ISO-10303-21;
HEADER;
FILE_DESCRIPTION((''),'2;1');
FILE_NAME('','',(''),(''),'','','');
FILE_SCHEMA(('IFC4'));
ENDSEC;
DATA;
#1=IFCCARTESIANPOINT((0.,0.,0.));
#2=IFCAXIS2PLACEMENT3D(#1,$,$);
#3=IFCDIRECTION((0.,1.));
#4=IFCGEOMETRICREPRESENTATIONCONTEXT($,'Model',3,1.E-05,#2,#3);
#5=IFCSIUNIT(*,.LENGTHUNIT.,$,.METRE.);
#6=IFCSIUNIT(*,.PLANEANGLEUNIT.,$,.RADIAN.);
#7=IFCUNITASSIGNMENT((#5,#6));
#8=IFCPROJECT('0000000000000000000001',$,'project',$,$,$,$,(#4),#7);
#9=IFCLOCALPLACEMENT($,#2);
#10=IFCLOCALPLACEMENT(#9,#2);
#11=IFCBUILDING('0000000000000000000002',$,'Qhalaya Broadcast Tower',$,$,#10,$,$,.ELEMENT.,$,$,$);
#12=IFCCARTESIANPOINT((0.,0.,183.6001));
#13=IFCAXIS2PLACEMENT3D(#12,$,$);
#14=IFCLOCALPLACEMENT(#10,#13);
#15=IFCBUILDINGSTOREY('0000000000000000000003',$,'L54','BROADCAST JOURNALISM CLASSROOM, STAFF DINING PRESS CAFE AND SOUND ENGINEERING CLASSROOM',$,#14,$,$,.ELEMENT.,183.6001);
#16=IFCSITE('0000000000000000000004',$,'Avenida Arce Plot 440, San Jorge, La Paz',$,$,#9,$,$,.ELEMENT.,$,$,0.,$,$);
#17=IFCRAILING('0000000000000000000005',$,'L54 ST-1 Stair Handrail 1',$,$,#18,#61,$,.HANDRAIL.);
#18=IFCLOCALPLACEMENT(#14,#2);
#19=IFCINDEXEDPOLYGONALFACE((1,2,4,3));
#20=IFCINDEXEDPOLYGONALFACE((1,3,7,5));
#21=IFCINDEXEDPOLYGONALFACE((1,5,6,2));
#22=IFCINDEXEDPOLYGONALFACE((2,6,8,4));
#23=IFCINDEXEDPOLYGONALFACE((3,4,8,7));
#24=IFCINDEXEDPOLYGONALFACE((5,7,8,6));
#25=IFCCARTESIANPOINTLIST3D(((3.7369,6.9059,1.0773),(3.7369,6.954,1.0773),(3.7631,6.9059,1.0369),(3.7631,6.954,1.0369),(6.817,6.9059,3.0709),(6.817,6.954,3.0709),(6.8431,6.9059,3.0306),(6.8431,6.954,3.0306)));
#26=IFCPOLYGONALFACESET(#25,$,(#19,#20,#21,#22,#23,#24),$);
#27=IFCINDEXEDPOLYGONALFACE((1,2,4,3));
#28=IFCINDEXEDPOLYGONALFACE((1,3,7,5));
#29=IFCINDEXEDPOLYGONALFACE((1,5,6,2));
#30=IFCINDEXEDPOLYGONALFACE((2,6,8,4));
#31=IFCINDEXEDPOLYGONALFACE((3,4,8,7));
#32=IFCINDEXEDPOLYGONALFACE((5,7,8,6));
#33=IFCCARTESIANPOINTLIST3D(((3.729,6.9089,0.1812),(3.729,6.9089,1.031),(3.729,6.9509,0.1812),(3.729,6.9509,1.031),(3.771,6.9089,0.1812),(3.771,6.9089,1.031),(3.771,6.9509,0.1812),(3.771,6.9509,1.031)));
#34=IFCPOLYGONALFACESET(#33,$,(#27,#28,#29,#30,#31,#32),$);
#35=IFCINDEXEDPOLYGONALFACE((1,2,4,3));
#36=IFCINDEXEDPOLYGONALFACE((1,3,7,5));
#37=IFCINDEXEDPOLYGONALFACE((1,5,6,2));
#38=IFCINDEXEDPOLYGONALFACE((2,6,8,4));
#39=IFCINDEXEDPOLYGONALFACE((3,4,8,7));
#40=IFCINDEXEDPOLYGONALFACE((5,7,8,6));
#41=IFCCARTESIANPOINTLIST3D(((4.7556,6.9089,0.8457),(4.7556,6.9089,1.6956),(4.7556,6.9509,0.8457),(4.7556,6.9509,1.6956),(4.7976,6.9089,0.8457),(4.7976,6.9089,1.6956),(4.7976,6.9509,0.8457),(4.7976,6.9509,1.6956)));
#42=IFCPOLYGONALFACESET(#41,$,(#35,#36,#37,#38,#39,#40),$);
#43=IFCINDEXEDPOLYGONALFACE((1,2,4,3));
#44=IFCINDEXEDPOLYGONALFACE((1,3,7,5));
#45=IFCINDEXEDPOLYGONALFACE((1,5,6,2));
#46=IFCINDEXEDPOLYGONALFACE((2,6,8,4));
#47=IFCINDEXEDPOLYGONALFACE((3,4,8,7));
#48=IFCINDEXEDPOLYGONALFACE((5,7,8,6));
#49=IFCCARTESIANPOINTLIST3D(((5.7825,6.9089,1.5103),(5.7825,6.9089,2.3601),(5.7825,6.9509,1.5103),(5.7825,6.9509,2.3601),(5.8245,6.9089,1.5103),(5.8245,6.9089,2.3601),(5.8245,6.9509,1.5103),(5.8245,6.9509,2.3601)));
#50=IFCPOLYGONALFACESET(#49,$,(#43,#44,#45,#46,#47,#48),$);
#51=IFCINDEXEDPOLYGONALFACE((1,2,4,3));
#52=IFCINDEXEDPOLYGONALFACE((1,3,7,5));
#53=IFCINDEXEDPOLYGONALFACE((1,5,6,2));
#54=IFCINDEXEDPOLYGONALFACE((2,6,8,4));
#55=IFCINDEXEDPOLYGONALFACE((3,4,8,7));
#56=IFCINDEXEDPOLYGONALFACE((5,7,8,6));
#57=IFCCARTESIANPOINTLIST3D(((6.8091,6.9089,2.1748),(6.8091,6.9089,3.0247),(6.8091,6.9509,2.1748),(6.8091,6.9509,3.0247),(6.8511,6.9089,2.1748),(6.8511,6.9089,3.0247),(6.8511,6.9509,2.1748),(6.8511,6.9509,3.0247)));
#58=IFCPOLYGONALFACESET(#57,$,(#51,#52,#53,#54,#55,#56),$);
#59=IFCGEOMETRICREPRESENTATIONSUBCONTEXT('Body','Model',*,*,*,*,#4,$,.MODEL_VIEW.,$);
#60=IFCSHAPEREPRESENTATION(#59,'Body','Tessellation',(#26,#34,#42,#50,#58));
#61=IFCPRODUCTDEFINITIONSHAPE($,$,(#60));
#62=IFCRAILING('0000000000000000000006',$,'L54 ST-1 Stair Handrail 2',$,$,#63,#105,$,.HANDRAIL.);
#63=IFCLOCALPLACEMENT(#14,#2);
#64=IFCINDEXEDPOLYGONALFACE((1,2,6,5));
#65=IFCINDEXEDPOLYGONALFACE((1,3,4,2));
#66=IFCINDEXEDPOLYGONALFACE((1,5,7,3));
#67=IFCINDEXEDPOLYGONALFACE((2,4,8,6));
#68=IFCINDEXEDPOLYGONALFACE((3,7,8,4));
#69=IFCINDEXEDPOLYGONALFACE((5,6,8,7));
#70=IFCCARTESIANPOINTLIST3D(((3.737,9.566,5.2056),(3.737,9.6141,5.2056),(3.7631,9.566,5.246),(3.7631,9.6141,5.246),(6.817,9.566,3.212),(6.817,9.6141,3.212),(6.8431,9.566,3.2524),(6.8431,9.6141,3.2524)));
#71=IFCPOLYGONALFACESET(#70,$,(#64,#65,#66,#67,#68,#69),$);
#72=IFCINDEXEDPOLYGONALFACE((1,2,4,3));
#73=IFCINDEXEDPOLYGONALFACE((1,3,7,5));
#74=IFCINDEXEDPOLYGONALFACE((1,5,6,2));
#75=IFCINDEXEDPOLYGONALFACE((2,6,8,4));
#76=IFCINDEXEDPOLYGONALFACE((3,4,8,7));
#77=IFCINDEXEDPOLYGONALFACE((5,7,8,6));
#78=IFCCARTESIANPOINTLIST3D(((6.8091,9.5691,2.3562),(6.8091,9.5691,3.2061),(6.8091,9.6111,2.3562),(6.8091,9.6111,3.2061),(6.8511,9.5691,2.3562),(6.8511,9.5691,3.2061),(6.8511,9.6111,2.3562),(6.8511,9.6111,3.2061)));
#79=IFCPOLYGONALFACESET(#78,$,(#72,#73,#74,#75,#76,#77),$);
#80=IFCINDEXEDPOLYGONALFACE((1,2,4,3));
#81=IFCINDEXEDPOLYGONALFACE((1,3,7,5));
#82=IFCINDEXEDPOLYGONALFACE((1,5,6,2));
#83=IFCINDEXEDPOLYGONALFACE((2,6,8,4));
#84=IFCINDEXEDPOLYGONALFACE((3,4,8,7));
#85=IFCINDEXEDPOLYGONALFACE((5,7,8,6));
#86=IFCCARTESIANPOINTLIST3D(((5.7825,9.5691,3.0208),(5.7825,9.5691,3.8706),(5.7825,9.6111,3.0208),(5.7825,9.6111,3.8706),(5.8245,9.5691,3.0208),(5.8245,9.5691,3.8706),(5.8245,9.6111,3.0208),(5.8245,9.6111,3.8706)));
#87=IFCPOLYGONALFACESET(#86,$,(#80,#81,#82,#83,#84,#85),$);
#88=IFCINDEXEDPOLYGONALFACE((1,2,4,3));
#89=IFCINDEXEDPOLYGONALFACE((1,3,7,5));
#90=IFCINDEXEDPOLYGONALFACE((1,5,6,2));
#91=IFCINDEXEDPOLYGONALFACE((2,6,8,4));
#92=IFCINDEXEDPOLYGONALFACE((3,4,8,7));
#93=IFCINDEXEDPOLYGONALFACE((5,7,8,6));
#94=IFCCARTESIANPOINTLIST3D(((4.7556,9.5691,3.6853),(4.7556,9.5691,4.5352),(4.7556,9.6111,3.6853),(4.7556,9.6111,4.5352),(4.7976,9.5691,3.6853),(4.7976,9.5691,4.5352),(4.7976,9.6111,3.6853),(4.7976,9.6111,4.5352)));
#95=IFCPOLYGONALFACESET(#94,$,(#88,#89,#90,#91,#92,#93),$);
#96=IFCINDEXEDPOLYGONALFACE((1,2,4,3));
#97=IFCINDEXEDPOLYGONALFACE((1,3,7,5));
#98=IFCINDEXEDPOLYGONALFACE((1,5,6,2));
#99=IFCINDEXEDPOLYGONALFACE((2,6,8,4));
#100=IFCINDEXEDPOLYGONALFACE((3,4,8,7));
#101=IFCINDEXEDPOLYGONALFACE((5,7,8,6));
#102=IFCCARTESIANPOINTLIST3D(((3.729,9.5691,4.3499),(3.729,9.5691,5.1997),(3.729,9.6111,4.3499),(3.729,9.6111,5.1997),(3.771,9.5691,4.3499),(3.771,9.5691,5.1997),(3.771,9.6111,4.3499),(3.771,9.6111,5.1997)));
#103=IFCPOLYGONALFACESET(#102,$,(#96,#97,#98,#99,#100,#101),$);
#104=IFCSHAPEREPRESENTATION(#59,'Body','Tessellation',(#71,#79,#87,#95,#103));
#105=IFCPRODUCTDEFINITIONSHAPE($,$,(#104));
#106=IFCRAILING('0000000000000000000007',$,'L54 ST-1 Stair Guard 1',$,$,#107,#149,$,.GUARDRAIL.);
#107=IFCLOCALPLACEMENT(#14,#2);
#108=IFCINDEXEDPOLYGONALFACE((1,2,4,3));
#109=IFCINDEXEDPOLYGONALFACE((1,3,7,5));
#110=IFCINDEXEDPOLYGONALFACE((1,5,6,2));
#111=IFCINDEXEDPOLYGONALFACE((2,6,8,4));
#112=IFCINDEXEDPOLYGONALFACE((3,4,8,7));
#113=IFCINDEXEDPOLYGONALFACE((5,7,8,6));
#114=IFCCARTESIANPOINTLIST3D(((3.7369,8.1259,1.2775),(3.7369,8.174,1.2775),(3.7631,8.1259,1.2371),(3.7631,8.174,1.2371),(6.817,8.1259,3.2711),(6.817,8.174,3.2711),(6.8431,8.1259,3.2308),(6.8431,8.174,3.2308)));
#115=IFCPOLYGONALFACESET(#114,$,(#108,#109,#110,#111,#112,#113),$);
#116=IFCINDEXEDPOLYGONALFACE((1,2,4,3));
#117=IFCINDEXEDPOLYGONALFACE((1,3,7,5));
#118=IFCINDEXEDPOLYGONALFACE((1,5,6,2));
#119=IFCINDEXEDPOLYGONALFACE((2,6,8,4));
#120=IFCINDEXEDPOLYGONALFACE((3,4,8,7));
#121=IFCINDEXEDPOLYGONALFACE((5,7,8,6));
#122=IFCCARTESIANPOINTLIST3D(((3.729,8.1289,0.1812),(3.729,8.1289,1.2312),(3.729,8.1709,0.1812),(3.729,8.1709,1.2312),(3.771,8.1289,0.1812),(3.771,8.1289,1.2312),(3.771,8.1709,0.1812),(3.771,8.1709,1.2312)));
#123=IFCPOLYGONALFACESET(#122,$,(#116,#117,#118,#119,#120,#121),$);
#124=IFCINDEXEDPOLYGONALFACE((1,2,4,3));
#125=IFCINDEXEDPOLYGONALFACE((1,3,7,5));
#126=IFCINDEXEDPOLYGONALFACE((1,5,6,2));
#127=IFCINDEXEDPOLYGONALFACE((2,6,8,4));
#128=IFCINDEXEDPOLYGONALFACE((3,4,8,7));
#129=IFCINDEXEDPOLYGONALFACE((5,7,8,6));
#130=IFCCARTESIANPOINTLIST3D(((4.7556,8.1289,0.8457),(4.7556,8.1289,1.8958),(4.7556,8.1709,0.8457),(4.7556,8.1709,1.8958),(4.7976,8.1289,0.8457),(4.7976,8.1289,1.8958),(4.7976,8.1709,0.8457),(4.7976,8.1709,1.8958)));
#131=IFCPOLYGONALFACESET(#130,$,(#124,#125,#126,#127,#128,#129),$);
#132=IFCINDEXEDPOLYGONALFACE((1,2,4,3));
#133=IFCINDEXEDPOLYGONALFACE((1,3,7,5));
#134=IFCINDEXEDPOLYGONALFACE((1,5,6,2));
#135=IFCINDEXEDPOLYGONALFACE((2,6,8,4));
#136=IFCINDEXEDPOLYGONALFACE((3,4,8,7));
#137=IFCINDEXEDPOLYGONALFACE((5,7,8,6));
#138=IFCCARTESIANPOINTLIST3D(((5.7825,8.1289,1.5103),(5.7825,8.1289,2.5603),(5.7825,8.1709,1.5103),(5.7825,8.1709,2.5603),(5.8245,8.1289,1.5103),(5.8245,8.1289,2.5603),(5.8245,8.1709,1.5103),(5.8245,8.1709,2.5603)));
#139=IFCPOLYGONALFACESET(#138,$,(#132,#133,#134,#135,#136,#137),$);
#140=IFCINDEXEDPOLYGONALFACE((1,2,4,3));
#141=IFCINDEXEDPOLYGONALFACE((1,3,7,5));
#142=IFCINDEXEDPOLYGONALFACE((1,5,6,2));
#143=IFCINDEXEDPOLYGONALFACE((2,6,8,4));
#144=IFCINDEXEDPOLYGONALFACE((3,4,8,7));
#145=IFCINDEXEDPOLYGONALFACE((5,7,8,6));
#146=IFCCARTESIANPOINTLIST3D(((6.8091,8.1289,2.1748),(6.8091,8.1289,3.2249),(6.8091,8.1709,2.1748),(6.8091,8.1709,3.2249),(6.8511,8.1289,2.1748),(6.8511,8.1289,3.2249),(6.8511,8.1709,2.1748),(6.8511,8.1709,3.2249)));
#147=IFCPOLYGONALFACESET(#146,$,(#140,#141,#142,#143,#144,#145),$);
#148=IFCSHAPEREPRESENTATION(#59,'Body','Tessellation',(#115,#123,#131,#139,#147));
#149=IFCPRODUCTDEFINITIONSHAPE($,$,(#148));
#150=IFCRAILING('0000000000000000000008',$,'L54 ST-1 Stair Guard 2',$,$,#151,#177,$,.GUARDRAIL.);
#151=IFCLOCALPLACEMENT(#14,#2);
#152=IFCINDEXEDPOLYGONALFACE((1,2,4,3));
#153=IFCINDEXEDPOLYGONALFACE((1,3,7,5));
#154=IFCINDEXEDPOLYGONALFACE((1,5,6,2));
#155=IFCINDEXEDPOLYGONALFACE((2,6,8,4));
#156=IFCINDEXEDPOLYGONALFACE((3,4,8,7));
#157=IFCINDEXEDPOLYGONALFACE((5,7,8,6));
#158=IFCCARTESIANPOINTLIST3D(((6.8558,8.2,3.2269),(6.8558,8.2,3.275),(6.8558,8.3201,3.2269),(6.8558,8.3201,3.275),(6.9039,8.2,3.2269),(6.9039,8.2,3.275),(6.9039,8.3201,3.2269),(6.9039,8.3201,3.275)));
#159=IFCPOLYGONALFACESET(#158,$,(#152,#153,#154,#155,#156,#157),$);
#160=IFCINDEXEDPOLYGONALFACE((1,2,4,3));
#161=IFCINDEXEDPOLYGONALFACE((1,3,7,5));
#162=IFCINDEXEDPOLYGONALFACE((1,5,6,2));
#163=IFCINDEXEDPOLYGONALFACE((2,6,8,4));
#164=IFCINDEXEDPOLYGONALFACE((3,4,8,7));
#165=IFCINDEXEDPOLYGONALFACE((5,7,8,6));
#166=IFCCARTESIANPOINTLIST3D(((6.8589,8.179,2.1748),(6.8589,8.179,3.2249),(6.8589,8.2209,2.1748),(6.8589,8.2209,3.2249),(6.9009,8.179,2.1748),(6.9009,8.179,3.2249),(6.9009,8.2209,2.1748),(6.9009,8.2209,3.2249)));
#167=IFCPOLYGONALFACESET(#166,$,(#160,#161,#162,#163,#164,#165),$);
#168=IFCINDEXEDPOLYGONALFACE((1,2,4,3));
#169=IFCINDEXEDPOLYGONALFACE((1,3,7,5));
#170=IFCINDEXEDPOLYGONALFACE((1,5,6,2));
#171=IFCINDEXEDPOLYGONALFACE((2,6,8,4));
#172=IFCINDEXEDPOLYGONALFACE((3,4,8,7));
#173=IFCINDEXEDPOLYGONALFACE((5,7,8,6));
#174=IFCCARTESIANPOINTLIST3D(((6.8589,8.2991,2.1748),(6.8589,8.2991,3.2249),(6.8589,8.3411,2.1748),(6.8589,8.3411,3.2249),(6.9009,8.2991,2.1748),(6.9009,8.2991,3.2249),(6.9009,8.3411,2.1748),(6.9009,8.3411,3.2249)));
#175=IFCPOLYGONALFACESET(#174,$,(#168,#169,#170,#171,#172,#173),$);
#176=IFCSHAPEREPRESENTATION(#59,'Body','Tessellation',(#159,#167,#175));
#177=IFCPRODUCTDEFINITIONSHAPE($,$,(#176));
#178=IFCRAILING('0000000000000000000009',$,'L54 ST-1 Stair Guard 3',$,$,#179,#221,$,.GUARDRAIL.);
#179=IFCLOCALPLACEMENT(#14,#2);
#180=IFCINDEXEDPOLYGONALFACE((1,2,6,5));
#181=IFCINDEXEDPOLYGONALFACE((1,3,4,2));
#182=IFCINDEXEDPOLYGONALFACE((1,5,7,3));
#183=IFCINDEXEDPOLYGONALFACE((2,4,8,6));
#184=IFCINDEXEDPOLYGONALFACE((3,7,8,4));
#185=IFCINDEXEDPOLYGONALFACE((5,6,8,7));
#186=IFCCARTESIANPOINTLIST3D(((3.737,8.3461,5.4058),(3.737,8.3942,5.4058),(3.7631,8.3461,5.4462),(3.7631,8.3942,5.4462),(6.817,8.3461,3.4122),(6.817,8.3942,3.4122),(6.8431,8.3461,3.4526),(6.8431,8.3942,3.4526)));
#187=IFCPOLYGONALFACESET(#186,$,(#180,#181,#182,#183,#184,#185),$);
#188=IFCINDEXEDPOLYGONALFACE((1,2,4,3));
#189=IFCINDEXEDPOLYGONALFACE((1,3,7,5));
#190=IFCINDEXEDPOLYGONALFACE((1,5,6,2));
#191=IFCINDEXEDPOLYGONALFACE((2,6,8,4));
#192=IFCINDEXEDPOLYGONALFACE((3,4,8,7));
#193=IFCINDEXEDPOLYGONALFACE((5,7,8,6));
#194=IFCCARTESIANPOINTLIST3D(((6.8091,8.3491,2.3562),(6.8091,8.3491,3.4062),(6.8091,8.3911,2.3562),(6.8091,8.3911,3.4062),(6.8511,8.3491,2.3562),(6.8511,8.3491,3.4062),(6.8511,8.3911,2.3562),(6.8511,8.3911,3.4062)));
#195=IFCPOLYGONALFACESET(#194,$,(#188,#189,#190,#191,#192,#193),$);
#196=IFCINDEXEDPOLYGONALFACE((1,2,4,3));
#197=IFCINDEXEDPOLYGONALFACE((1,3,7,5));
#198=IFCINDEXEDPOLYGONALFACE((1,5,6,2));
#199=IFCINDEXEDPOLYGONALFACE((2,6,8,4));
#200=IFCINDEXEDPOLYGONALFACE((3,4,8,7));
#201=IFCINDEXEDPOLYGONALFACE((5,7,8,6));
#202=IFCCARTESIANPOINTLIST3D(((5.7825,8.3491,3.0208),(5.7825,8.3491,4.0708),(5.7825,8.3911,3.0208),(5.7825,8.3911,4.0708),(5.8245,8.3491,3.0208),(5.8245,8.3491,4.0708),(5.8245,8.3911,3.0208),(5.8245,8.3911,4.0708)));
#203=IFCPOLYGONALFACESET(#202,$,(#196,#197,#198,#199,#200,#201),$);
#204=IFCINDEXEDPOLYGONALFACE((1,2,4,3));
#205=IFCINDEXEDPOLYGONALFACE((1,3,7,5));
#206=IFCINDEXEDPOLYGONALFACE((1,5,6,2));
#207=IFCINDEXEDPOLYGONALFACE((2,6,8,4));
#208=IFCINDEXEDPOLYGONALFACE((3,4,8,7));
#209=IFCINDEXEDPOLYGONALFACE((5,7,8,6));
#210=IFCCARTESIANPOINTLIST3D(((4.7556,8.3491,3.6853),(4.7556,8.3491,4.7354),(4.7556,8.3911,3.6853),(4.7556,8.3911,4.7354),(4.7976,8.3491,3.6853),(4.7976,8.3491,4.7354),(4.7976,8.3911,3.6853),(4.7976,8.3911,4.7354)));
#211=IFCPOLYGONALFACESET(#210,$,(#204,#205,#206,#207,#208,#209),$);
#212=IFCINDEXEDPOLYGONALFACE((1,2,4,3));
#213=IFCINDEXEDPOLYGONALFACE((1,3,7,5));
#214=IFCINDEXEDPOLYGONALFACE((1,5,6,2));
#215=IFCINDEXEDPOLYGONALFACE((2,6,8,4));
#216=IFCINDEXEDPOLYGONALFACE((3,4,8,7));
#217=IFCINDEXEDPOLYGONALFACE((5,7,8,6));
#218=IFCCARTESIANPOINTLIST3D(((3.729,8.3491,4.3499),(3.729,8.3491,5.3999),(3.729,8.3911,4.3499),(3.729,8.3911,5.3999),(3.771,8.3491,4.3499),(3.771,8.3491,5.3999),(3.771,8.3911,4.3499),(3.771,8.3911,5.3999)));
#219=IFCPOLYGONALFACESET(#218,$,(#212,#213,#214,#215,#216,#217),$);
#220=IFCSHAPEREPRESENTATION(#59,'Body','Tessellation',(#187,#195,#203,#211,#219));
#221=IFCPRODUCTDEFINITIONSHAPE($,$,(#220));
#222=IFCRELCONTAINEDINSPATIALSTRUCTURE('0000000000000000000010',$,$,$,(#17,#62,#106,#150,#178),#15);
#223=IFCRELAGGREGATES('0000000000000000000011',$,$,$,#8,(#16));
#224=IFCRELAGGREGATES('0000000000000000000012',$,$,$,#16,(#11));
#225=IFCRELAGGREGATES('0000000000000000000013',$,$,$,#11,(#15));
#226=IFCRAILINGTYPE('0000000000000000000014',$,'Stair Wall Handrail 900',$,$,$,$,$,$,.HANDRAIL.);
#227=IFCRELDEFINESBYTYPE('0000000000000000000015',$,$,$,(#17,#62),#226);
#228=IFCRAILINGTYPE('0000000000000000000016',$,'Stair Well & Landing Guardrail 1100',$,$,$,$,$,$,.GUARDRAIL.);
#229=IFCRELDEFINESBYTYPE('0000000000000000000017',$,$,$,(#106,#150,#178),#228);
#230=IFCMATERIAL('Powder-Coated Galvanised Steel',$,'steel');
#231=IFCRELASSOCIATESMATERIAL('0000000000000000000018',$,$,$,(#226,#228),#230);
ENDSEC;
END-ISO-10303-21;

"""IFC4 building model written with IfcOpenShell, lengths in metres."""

from ifc_helpers import new_model, si_unit, direction, frame, origin, origin_2d, place, context, subcontext, project, spatial, rectangle, extrude, material, type_object, element, save


model = new_model("IFC4")

# Units and contexts
model_context = context("Model", 3, precision=1e-05, world=origin(), true_north=direction((0.0, 1.0)))
body_context = subcontext(model_context, "Body", "Model", "MODEL_VIEW")
ifc_project = project(units=[si_unit("LENGTHUNIT", "METRE"), si_unit("PLANEANGLEUNIT", "RADIAN")], contexts=[model_context])

# Site, building, storey
site_placement = place(None, origin())
site = spatial("IfcSite", under=ifc_project, at=site_placement, Name="Avenida Arce Plot 440, San Jorge, La Paz", CompositionType="ELEMENT", RefElevation=0.0)
building_placement = place(site_placement, origin())
building = spatial("IfcBuilding", under=site, at=building_placement, Name="Qhalaya Broadcast Tower", CompositionType="ELEMENT")
storey_placement = place(building_placement, frame((0.0, 0.0, 183.6001)))
storey = spatial("IfcBuildingStorey", under=building, at=storey_placement, Name="L54", Description="BROADCAST JOURNALISM CLASSROOM, STAFF DINING PRESS CAFE AND SOUND ENGINEERING CLASSROOM", CompositionType="ELEMENT", Elevation=183.6001)

# Railings
ifc_material_1 = material(Name="Powder-Coated Galvanised Steel", Category="steel")
railing_type_1 = type_object("IfcRailingType", Name="Stair Wall Handrail 900", PredefinedType="HANDRAIL", material=ifc_material_1)
railing_1_placement = place(storey_placement, frame((3.75, 6.9299, 0.1812)))
element("IfcRailing", 1, at=railing_1_placement, inside=storey, type_object=railing_type_1, Name="L54 ST-1 Stair Handrail 1", PredefinedType="HANDRAIL", context=body_context, shape_type="SweptSolid", body=[
    extrude(rectangle(XDim=0.0481, YDim=0.0481, at=origin_2d()), frame((0.0, 0.0, 0.876), z_axis=(0.839488, 0.0, 0.543378), x_axis=(0.0, 1.0, 0.0)), (0.0, 0.0, 1.0), 3.6689),
    extrude(rectangle(XDim=0.042, YDim=0.042, at=origin_2d()), origin(), (0.0, 0.0, 1.0), 0.8499),
    extrude(rectangle(XDim=0.042, YDim=0.042, at=origin_2d()), frame((1.0266, 0.0, 0.6646)), (0.0, 0.0, 1.0), 0.8499),
    extrude(rectangle(XDim=0.042, YDim=0.042, at=origin_2d()), frame((2.0535, 0.0, 1.3291)), (0.0, 0.0, 1.0), 0.8499),
    extrude(rectangle(XDim=0.042, YDim=0.042, at=origin_2d()), frame((3.0801, 0.0, 1.9937)), (0.0, 0.0, 1.0), 0.8499),
])
railing_2_placement = place(storey_placement, frame((6.8301, 9.5901, 2.3562)))
element("IfcRailing", 2, at=railing_2_placement, inside=storey, type_object=railing_type_1, Name="L54 ST-1 Stair Handrail 2", PredefinedType="HANDRAIL", context=body_context, shape_type="SweptSolid", body=[
    extrude(rectangle(XDim=0.0481, YDim=0.0481, at=origin_2d()), frame((0.0, 0.0, 0.876), z_axis=(-0.839488, 0.0, 0.543378), x_axis=(0.0, -1.0, 0.0)), (0.0, 0.0, 1.0), 3.6689),
    extrude(rectangle(XDim=0.042, YDim=0.042, at=origin_2d()), origin(), (0.0, 0.0, 1.0), 0.8499),
    extrude(rectangle(XDim=0.042, YDim=0.042, at=origin_2d()), frame((-1.0266, 0.0, 0.6646)), (0.0, 0.0, 1.0), 0.8499),
    extrude(rectangle(XDim=0.042, YDim=0.042, at=origin_2d()), frame((-2.0535, 0.0, 1.3291)), (0.0, 0.0, 1.0), 0.8499),
    extrude(rectangle(XDim=0.042, YDim=0.042, at=origin_2d()), frame((-3.0801, 0.0, 1.9937)), (0.0, 0.0, 1.0), 0.8499),
])
railing_type_2 = type_object("IfcRailingType", Name="Stair Well & Landing Guardrail 1100", PredefinedType="GUARDRAIL", material=ifc_material_1)
railing_3_placement = place(storey_placement, frame((3.75, 8.1499, 0.1812)))
element("IfcRailing", 3, at=railing_3_placement, inside=storey, type_object=railing_type_2, Name="L54 ST-1 Stair Guard 1", PredefinedType="GUARDRAIL", context=body_context, shape_type="SweptSolid", body=[
    extrude(rectangle(XDim=0.0481, YDim=0.0481, at=origin_2d()), frame((0.0, 0.0, 1.0762), z_axis=(0.839488, 0.0, 0.543378), x_axis=(0.0, 1.0, 0.0)), (0.0, 0.0, 1.0), 3.6689),
    extrude(rectangle(XDim=0.042, YDim=0.042, at=origin_2d()), origin(), (0.0, 0.0, 1.0), 1.05),
    extrude(rectangle(XDim=0.042, YDim=0.042, at=origin_2d()), frame((1.0266, 0.0, 0.6646)), (0.0, 0.0, 1.0), 1.05),
    extrude(rectangle(XDim=0.042, YDim=0.042, at=origin_2d()), frame((2.0535, 0.0, 1.3291)), (0.0, 0.0, 1.0), 1.05),
    extrude(rectangle(XDim=0.042, YDim=0.042, at=origin_2d()), frame((3.0801, 0.0, 1.9937)), (0.0, 0.0, 1.0), 1.05),
])
railing_4_placement = place(storey_placement, frame((6.8799, 8.2, 2.1748)))
element("IfcRailing", 4, at=railing_4_placement, inside=storey, type_object=railing_type_2, Name="L54 ST-1 Stair Guard 2", PredefinedType="GUARDRAIL", context=body_context, shape_type="SweptSolid", body=[
    extrude(rectangle(XDim=0.0481, YDim=0.0481, at=origin_2d()), frame((0.0, 0.0, 1.0762), z_axis=(0.0, 1.0, 0.0), x_axis=(-1.0, 0.0, 0.0)), (0.0, 0.0, 1.0), 0.1201),
    extrude(rectangle(XDim=0.042, YDim=0.042, at=origin_2d()), origin(), (0.0, 0.0, 1.0), 1.05),
    extrude(rectangle(XDim=0.042, YDim=0.042, at=origin_2d()), frame((0.0, 0.1201, 0.0)), (0.0, 0.0, 1.0), 1.05),
])
railing_5_placement = place(storey_placement, frame((6.8301, 8.3701, 2.3562)))
element("IfcRailing", 5, at=railing_5_placement, inside=storey, type_object=railing_type_2, Name="L54 ST-1 Stair Guard 3", PredefinedType="GUARDRAIL", context=body_context, shape_type="SweptSolid", body=[
    extrude(rectangle(XDim=0.0481, YDim=0.0481, at=origin_2d()), frame((0.0, 0.0, 1.0762), z_axis=(-0.839488, 0.0, 0.543378), x_axis=(0.0, -1.0, 0.0)), (0.0, 0.0, 1.0), 3.6689),
    extrude(rectangle(XDim=0.042, YDim=0.042, at=origin_2d()), origin(), (0.0, 0.0, 1.0), 1.05),
    extrude(rectangle(XDim=0.042, YDim=0.042, at=origin_2d()), frame((-1.0266, 0.0, 0.6646)), (0.0, 0.0, 1.0), 1.05),
    extrude(rectangle(XDim=0.042, YDim=0.042, at=origin_2d()), frame((-2.0535, 0.0, 1.3291)), (0.0, 0.0, 1.0), 1.05),
    extrude(rectangle(XDim=0.042, YDim=0.042, at=origin_2d()), frame((-3.0801, 0.0, 1.9937)), (0.0, 0.0, 1.0), 1.05),
])

save(model, "model.ifc")
